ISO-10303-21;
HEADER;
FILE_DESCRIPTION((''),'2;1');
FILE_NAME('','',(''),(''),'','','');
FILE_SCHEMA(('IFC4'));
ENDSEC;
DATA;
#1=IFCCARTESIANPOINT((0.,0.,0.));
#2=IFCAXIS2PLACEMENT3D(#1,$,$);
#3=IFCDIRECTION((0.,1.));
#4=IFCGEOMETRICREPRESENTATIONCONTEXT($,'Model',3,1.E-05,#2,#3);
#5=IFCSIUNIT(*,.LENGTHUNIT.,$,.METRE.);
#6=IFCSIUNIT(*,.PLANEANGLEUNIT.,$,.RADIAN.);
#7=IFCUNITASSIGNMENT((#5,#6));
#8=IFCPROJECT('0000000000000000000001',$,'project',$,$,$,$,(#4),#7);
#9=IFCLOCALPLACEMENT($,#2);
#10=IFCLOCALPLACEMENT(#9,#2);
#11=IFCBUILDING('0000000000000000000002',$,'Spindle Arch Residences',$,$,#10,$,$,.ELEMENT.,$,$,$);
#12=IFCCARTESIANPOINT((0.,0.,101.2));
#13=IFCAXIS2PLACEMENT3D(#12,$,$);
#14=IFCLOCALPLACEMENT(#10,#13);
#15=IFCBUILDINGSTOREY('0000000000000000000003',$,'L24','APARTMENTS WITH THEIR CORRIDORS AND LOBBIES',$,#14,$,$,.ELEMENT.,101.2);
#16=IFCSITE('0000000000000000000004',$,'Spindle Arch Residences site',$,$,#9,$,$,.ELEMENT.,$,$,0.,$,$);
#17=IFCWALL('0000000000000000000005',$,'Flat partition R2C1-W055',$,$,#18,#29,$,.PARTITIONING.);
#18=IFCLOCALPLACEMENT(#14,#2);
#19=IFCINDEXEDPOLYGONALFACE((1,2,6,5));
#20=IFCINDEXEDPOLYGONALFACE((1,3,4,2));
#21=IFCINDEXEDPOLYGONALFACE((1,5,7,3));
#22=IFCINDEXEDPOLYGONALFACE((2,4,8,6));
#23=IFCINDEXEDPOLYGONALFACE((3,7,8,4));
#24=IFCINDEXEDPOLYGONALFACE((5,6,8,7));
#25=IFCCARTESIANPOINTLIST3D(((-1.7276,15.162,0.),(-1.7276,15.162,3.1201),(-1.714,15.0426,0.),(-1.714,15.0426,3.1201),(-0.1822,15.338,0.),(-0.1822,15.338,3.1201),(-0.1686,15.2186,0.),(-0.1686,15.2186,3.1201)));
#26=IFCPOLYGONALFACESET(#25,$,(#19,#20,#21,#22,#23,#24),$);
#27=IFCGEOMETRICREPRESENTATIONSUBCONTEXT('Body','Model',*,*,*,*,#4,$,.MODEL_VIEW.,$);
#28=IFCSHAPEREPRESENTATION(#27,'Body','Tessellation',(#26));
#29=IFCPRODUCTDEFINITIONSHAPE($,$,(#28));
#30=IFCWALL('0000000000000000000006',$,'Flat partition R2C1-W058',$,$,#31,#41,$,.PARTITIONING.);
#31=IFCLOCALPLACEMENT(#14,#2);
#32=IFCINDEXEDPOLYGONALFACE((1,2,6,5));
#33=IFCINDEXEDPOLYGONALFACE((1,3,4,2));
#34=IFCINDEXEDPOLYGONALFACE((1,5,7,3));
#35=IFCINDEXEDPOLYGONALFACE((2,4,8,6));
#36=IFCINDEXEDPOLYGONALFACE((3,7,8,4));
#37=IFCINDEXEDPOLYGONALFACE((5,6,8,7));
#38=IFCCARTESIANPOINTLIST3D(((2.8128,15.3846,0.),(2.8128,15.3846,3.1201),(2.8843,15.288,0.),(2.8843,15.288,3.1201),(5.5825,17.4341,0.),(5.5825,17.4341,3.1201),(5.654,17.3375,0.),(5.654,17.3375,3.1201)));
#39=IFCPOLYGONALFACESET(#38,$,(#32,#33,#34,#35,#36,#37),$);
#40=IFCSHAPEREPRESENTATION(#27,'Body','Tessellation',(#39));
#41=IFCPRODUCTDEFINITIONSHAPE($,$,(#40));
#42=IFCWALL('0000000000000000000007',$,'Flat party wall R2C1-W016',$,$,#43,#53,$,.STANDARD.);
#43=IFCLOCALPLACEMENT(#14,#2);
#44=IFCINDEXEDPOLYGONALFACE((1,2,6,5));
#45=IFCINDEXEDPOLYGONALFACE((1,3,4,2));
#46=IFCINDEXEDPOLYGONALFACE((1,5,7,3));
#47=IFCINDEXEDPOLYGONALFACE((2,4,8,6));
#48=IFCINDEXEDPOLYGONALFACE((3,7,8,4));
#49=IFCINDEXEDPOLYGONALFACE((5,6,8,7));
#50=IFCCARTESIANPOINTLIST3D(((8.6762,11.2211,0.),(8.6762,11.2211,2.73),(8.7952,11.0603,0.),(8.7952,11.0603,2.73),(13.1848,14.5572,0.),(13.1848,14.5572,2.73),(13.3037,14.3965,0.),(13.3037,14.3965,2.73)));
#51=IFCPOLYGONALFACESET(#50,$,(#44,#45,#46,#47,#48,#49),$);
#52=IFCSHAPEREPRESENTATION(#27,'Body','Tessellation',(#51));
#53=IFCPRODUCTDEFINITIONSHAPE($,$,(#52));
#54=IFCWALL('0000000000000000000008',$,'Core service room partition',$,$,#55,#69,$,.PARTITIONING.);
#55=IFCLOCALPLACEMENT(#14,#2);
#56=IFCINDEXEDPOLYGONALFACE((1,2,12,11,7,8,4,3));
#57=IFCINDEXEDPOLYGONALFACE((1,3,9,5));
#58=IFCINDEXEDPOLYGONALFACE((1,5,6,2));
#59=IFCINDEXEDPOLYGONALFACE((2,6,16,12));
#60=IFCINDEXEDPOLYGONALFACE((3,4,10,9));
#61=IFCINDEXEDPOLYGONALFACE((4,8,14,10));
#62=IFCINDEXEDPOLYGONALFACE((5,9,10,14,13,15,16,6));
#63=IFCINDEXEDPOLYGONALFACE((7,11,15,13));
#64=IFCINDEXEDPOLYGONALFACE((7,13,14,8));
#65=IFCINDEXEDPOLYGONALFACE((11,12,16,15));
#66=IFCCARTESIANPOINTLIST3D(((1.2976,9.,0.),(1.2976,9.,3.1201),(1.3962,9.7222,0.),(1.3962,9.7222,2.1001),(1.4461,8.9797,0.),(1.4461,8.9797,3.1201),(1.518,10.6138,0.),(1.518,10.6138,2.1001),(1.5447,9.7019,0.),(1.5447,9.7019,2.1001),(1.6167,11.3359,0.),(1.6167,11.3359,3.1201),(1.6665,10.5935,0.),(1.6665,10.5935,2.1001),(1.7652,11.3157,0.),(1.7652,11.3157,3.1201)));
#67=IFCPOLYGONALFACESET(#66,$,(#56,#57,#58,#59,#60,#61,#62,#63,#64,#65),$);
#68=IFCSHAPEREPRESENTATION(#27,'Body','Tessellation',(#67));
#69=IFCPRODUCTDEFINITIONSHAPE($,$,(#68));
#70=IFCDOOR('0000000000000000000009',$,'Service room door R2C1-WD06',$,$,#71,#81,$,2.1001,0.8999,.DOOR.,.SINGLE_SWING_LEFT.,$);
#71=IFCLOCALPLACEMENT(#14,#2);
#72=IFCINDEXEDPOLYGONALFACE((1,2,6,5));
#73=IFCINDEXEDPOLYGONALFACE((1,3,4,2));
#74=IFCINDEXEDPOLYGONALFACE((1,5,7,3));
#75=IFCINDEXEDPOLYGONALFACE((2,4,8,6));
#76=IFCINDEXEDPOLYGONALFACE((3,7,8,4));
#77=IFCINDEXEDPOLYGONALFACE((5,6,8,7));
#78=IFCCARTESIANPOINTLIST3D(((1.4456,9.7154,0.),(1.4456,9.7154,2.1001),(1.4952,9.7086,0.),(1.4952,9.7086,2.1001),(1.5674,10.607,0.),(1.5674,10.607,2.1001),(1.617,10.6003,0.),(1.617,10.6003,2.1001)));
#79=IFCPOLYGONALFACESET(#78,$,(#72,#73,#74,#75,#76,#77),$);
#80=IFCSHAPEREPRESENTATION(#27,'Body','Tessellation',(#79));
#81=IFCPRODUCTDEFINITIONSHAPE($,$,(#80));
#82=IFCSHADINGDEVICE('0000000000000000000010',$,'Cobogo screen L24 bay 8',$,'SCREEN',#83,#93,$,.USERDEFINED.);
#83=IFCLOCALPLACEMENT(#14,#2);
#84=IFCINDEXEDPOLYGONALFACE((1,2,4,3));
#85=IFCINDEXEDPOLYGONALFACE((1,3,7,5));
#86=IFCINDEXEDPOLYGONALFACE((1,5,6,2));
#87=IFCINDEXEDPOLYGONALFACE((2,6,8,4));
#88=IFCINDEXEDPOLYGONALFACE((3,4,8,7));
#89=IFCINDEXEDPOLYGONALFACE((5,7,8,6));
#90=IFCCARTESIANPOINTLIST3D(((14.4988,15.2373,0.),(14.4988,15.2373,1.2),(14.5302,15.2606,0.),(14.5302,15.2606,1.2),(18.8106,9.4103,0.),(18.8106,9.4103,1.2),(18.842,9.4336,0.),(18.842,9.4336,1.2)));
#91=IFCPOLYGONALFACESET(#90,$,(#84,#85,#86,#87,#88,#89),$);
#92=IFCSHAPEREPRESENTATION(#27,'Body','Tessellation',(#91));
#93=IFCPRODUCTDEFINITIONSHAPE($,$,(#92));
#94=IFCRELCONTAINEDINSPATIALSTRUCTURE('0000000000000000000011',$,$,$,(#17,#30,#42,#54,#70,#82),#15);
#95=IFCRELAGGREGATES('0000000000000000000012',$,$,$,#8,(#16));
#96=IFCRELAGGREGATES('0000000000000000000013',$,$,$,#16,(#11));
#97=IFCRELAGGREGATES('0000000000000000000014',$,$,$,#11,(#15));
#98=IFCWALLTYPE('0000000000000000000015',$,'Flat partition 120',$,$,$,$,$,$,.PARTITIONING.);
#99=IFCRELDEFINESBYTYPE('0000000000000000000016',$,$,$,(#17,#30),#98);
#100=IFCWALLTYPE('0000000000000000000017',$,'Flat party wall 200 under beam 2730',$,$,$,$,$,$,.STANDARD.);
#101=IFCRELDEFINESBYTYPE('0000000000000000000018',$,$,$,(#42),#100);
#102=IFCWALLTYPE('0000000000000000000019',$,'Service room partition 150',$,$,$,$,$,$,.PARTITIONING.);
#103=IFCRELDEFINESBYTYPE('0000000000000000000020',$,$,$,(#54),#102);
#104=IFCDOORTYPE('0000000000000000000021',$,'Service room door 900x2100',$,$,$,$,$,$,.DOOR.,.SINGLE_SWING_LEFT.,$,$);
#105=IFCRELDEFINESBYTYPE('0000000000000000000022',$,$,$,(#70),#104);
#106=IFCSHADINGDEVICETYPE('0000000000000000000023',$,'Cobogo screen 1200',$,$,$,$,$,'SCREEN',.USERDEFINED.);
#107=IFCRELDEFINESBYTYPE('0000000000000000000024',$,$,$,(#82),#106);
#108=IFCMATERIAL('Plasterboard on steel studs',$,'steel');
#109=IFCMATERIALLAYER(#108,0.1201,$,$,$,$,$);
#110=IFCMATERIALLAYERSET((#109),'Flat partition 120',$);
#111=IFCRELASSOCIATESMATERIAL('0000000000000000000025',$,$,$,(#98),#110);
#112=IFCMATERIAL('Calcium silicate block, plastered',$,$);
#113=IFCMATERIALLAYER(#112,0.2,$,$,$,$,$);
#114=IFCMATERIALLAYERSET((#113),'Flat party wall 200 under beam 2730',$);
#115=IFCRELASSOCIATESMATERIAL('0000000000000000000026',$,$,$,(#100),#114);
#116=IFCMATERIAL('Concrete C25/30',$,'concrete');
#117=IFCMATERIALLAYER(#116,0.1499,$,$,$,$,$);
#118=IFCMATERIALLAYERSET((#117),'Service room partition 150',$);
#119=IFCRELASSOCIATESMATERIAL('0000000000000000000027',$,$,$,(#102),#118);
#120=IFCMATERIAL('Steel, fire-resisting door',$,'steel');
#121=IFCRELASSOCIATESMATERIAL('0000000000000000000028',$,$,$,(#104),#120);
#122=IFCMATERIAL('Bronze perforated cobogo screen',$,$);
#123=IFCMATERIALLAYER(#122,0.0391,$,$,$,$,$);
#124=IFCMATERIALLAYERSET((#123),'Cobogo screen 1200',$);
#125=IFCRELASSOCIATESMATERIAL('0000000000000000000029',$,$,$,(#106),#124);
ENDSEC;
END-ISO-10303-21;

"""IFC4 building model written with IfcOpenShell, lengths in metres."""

from ifc_helpers import new_model, si_unit, direction, frame, frame_2d, origin, origin_2d, place, context, subcontext, project, spatial, rectangle, extrude, material, layer, layer_set, type_object, element, fill, save


model = new_model("IFC4")

# Units and contexts
model_context = context("Model", 3, precision=1e-05, world=origin(), true_north=direction((0.0, 1.0)))
body_context = subcontext(model_context, "Body", "Model", "MODEL_VIEW")
ifc_project = project(units=[si_unit("LENGTHUNIT", "METRE"), si_unit("PLANEANGLEUNIT", "RADIAN")], contexts=[model_context])

# Site, building, storey
site_placement = place(None, origin())
site = spatial("IfcSite", under=ifc_project, at=site_placement, Name="Spindle Arch Residences site", CompositionType="ELEMENT", RefElevation=0.0)
building_placement = place(site_placement, origin())
building = spatial("IfcBuilding", under=site, at=building_placement, Name="Spindle Arch Residences", CompositionType="ELEMENT")
storey_placement = place(building_placement, frame((0.0, 0.0, 101.2)))
storey = spatial("IfcBuildingStorey", under=building, at=storey_placement, Name="L24", Description="APARTMENTS WITH THEIR CORRIDORS AND LOBBIES", CompositionType="ELEMENT", Elevation=101.2)

# Shared definitions
ifc_material_1 = material(Name="Plasterboard on steel studs", Category="steel")
ifc_layer_1 = layer(ifc_material_1, 0.1201)
ifc_layer_set_1 = layer_set([ifc_layer_1], Name="Flat partition 120")
wall_type_1 = type_object("IfcWallType", Name="Flat partition 120", PredefinedType="PARTITIONING", material=ifc_layer_set_1)

# Walls
wall_1_placement = place(storey_placement, frame((-0.1753, 15.2783, 0.0), z_axis=(0.0, 0.0, 1.0), x_axis=(-0.993576, -0.11317, 0.0)))
element("IfcWall", 1, at=wall_1_placement, inside=storey, type_object=wall_type_1, Name="Flat partition R2C1-W055", PredefinedType="PARTITIONING", context=body_context, shape_type="SweptSolid", body=[
    extrude(rectangle(XDim=1.5554, YDim=0.1201, at=frame_2d((0.7778, 0.0))), origin(), (0.0, 0.0, 1.0), 3.1201),
])
wall_2_placement = place(storey_placement, frame((5.6182, 17.3857, 0.0), z_axis=(0.0, 0.0, 1.0), x_axis=(-0.803852, -0.594829, 0.0)))
element("IfcWall", 2, at=wall_2_placement, inside=storey, type_object=wall_type_1, Name="Flat partition R2C1-W058", PredefinedType="PARTITIONING", context=body_context, shape_type="SweptSolid", body=[
    extrude(rectangle(XDim=3.4456, YDim=0.1201, at=frame_2d((1.7227, 0.0))), origin(), (0.0, 0.0, 1.0), 3.1201),
])
ifc_material_2 = material(Name="Calcium silicate block, plastered")
ifc_layer_2 = layer(ifc_material_2, 0.2)
ifc_layer_set_2 = layer_set([ifc_layer_2], Name="Flat party wall 200 under beam 2730")
wall_type_2 = type_object("IfcWallType", Name="Flat party wall 200 under beam 2730", PredefinedType="STANDARD", material=ifc_layer_set_2)
wall_3_placement = place(storey_placement, frame((13.2441, 14.4768, 0.0), z_axis=(0.0, 0.0, 1.0), x_axis=(-0.803854, -0.594827, 0.0)))
element("IfcWall", 3, at=wall_3_placement, inside=storey, type_object=wall_type_2, Name="Flat party wall R2C1-W016", PredefinedType="STANDARD", context=body_context, shape_type="SweptSolid", body=[
    extrude(rectangle(XDim=5.6086, YDim=0.2, at=frame_2d((2.8042, 0.0))), origin(), (0.0, 0.0, 1.0), 2.73),
])

# Wall, opening, door
ifc_material_3 = material(Name="Concrete C25/30", Category="concrete")
ifc_layer_3 = layer(ifc_material_3, 0.1499)
ifc_layer_set_3 = layer_set([ifc_layer_3], Name="Service room partition 150")
wall_type_3 = type_object("IfcWallType", Name="Service room partition 150", PredefinedType="PARTITIONING", material=ifc_layer_set_3)
wall_4_placement = place(storey_placement, frame((1.6909, 11.3257, 0.0), z_axis=(0.0, 0.0, 1.0), x_axis=(-0.135344, -0.990799, 0.0)))
wall_4 = element("IfcWall", 4, at=wall_4_placement, inside=storey, type_object=wall_type_3, Name="Core service room partition", PredefinedType="PARTITIONING", context=body_context, shape_type="SweptSolid", body=[
    extrude(rectangle(XDim=2.3577, YDim=0.1499, at=frame_2d((1.1787, 0.0))), origin(), (0.0, 0.0, 1.0), 3.1201),
])
opening_1_placement = place(wall_4_placement, frame((0.7288, 0.0, 0.0)))
opening_1 = element("IfcOpeningElement", 5, at=opening_1_placement, cuts=wall_4, PredefinedType="OPENING", context=body_context, shape_type="SweptSolid", body=[
    extrude(rectangle(XDim=0.8999, YDim=2.1001, at=frame_2d((0.45, 1.05))), frame((0.0, 0.085, 0.0), z_axis=(0.0, -1.0, 0.0), x_axis=(1.0, 0.0, 0.0)), (0.0, 0.0, 1.0), 0.1699),
])
ifc_material_4 = material(Name="Steel, fire-resisting door", Category="steel")
door_type_1 = type_object("IfcDoorType", Name="Service room door 900x2100", OperationType="SINGLE_SWING_LEFT", PredefinedType="DOOR", material=ifc_material_4)
door_1_placement = place(opening_1_placement, origin())
door_1 = element("IfcDoor", 6, at=door_1_placement, inside=storey, type_object=door_type_1, Name="Service room door R2C1-WD06", OperationType="SINGLE_SWING_LEFT", OverallHeight=2.1001, OverallWidth=0.8999, PredefinedType="DOOR", context=body_context, shape_type="SweptSolid", body=[
    extrude(rectangle(XDim=0.8999, YDim=2.1001, at=frame_2d((0.45, 1.05))), frame((0.0, 0.0249, 0.0), z_axis=(0.0, -1.0, 0.0), x_axis=(1.0, 0.0, 0.0)), (0.0, 0.0, 1.0), 0.05),
])
fill(opening_1, door_1)

# Shading device
ifc_material_5 = material(Name="Bronze perforated cobogo screen")
ifc_layer_4 = layer(ifc_material_5, 0.0391)
ifc_layer_set_4 = layer_set([ifc_layer_4], Name="Cobogo screen 1200")
shading_device_type = type_object("IfcShadingDeviceType", Name="Cobogo screen 1200", ElementType="SCREEN", PredefinedType="USERDEFINED", material=ifc_layer_set_4)
shading_device_placement = place(storey_placement, frame((16.6704, 12.3354, 0.0), z_axis=(0.0, 0.0, 1.0), x_axis=(-0.594823, 0.803857, 0.0)))
element("IfcShadingDevice", 7, at=shading_device_placement, inside=storey, type_object=shading_device_type, Name="Cobogo screen L24 bay 8", ObjectType="SCREEN", PredefinedType="USERDEFINED", context=body_context, shape_type="SweptSolid", body=[
    extrude(rectangle(XDim=7.2488, YDim=0.0391, at=origin_2d()), origin(), (0.0, 0.0, 1.0), 1.2),
])

save(model, "model.ifc")
